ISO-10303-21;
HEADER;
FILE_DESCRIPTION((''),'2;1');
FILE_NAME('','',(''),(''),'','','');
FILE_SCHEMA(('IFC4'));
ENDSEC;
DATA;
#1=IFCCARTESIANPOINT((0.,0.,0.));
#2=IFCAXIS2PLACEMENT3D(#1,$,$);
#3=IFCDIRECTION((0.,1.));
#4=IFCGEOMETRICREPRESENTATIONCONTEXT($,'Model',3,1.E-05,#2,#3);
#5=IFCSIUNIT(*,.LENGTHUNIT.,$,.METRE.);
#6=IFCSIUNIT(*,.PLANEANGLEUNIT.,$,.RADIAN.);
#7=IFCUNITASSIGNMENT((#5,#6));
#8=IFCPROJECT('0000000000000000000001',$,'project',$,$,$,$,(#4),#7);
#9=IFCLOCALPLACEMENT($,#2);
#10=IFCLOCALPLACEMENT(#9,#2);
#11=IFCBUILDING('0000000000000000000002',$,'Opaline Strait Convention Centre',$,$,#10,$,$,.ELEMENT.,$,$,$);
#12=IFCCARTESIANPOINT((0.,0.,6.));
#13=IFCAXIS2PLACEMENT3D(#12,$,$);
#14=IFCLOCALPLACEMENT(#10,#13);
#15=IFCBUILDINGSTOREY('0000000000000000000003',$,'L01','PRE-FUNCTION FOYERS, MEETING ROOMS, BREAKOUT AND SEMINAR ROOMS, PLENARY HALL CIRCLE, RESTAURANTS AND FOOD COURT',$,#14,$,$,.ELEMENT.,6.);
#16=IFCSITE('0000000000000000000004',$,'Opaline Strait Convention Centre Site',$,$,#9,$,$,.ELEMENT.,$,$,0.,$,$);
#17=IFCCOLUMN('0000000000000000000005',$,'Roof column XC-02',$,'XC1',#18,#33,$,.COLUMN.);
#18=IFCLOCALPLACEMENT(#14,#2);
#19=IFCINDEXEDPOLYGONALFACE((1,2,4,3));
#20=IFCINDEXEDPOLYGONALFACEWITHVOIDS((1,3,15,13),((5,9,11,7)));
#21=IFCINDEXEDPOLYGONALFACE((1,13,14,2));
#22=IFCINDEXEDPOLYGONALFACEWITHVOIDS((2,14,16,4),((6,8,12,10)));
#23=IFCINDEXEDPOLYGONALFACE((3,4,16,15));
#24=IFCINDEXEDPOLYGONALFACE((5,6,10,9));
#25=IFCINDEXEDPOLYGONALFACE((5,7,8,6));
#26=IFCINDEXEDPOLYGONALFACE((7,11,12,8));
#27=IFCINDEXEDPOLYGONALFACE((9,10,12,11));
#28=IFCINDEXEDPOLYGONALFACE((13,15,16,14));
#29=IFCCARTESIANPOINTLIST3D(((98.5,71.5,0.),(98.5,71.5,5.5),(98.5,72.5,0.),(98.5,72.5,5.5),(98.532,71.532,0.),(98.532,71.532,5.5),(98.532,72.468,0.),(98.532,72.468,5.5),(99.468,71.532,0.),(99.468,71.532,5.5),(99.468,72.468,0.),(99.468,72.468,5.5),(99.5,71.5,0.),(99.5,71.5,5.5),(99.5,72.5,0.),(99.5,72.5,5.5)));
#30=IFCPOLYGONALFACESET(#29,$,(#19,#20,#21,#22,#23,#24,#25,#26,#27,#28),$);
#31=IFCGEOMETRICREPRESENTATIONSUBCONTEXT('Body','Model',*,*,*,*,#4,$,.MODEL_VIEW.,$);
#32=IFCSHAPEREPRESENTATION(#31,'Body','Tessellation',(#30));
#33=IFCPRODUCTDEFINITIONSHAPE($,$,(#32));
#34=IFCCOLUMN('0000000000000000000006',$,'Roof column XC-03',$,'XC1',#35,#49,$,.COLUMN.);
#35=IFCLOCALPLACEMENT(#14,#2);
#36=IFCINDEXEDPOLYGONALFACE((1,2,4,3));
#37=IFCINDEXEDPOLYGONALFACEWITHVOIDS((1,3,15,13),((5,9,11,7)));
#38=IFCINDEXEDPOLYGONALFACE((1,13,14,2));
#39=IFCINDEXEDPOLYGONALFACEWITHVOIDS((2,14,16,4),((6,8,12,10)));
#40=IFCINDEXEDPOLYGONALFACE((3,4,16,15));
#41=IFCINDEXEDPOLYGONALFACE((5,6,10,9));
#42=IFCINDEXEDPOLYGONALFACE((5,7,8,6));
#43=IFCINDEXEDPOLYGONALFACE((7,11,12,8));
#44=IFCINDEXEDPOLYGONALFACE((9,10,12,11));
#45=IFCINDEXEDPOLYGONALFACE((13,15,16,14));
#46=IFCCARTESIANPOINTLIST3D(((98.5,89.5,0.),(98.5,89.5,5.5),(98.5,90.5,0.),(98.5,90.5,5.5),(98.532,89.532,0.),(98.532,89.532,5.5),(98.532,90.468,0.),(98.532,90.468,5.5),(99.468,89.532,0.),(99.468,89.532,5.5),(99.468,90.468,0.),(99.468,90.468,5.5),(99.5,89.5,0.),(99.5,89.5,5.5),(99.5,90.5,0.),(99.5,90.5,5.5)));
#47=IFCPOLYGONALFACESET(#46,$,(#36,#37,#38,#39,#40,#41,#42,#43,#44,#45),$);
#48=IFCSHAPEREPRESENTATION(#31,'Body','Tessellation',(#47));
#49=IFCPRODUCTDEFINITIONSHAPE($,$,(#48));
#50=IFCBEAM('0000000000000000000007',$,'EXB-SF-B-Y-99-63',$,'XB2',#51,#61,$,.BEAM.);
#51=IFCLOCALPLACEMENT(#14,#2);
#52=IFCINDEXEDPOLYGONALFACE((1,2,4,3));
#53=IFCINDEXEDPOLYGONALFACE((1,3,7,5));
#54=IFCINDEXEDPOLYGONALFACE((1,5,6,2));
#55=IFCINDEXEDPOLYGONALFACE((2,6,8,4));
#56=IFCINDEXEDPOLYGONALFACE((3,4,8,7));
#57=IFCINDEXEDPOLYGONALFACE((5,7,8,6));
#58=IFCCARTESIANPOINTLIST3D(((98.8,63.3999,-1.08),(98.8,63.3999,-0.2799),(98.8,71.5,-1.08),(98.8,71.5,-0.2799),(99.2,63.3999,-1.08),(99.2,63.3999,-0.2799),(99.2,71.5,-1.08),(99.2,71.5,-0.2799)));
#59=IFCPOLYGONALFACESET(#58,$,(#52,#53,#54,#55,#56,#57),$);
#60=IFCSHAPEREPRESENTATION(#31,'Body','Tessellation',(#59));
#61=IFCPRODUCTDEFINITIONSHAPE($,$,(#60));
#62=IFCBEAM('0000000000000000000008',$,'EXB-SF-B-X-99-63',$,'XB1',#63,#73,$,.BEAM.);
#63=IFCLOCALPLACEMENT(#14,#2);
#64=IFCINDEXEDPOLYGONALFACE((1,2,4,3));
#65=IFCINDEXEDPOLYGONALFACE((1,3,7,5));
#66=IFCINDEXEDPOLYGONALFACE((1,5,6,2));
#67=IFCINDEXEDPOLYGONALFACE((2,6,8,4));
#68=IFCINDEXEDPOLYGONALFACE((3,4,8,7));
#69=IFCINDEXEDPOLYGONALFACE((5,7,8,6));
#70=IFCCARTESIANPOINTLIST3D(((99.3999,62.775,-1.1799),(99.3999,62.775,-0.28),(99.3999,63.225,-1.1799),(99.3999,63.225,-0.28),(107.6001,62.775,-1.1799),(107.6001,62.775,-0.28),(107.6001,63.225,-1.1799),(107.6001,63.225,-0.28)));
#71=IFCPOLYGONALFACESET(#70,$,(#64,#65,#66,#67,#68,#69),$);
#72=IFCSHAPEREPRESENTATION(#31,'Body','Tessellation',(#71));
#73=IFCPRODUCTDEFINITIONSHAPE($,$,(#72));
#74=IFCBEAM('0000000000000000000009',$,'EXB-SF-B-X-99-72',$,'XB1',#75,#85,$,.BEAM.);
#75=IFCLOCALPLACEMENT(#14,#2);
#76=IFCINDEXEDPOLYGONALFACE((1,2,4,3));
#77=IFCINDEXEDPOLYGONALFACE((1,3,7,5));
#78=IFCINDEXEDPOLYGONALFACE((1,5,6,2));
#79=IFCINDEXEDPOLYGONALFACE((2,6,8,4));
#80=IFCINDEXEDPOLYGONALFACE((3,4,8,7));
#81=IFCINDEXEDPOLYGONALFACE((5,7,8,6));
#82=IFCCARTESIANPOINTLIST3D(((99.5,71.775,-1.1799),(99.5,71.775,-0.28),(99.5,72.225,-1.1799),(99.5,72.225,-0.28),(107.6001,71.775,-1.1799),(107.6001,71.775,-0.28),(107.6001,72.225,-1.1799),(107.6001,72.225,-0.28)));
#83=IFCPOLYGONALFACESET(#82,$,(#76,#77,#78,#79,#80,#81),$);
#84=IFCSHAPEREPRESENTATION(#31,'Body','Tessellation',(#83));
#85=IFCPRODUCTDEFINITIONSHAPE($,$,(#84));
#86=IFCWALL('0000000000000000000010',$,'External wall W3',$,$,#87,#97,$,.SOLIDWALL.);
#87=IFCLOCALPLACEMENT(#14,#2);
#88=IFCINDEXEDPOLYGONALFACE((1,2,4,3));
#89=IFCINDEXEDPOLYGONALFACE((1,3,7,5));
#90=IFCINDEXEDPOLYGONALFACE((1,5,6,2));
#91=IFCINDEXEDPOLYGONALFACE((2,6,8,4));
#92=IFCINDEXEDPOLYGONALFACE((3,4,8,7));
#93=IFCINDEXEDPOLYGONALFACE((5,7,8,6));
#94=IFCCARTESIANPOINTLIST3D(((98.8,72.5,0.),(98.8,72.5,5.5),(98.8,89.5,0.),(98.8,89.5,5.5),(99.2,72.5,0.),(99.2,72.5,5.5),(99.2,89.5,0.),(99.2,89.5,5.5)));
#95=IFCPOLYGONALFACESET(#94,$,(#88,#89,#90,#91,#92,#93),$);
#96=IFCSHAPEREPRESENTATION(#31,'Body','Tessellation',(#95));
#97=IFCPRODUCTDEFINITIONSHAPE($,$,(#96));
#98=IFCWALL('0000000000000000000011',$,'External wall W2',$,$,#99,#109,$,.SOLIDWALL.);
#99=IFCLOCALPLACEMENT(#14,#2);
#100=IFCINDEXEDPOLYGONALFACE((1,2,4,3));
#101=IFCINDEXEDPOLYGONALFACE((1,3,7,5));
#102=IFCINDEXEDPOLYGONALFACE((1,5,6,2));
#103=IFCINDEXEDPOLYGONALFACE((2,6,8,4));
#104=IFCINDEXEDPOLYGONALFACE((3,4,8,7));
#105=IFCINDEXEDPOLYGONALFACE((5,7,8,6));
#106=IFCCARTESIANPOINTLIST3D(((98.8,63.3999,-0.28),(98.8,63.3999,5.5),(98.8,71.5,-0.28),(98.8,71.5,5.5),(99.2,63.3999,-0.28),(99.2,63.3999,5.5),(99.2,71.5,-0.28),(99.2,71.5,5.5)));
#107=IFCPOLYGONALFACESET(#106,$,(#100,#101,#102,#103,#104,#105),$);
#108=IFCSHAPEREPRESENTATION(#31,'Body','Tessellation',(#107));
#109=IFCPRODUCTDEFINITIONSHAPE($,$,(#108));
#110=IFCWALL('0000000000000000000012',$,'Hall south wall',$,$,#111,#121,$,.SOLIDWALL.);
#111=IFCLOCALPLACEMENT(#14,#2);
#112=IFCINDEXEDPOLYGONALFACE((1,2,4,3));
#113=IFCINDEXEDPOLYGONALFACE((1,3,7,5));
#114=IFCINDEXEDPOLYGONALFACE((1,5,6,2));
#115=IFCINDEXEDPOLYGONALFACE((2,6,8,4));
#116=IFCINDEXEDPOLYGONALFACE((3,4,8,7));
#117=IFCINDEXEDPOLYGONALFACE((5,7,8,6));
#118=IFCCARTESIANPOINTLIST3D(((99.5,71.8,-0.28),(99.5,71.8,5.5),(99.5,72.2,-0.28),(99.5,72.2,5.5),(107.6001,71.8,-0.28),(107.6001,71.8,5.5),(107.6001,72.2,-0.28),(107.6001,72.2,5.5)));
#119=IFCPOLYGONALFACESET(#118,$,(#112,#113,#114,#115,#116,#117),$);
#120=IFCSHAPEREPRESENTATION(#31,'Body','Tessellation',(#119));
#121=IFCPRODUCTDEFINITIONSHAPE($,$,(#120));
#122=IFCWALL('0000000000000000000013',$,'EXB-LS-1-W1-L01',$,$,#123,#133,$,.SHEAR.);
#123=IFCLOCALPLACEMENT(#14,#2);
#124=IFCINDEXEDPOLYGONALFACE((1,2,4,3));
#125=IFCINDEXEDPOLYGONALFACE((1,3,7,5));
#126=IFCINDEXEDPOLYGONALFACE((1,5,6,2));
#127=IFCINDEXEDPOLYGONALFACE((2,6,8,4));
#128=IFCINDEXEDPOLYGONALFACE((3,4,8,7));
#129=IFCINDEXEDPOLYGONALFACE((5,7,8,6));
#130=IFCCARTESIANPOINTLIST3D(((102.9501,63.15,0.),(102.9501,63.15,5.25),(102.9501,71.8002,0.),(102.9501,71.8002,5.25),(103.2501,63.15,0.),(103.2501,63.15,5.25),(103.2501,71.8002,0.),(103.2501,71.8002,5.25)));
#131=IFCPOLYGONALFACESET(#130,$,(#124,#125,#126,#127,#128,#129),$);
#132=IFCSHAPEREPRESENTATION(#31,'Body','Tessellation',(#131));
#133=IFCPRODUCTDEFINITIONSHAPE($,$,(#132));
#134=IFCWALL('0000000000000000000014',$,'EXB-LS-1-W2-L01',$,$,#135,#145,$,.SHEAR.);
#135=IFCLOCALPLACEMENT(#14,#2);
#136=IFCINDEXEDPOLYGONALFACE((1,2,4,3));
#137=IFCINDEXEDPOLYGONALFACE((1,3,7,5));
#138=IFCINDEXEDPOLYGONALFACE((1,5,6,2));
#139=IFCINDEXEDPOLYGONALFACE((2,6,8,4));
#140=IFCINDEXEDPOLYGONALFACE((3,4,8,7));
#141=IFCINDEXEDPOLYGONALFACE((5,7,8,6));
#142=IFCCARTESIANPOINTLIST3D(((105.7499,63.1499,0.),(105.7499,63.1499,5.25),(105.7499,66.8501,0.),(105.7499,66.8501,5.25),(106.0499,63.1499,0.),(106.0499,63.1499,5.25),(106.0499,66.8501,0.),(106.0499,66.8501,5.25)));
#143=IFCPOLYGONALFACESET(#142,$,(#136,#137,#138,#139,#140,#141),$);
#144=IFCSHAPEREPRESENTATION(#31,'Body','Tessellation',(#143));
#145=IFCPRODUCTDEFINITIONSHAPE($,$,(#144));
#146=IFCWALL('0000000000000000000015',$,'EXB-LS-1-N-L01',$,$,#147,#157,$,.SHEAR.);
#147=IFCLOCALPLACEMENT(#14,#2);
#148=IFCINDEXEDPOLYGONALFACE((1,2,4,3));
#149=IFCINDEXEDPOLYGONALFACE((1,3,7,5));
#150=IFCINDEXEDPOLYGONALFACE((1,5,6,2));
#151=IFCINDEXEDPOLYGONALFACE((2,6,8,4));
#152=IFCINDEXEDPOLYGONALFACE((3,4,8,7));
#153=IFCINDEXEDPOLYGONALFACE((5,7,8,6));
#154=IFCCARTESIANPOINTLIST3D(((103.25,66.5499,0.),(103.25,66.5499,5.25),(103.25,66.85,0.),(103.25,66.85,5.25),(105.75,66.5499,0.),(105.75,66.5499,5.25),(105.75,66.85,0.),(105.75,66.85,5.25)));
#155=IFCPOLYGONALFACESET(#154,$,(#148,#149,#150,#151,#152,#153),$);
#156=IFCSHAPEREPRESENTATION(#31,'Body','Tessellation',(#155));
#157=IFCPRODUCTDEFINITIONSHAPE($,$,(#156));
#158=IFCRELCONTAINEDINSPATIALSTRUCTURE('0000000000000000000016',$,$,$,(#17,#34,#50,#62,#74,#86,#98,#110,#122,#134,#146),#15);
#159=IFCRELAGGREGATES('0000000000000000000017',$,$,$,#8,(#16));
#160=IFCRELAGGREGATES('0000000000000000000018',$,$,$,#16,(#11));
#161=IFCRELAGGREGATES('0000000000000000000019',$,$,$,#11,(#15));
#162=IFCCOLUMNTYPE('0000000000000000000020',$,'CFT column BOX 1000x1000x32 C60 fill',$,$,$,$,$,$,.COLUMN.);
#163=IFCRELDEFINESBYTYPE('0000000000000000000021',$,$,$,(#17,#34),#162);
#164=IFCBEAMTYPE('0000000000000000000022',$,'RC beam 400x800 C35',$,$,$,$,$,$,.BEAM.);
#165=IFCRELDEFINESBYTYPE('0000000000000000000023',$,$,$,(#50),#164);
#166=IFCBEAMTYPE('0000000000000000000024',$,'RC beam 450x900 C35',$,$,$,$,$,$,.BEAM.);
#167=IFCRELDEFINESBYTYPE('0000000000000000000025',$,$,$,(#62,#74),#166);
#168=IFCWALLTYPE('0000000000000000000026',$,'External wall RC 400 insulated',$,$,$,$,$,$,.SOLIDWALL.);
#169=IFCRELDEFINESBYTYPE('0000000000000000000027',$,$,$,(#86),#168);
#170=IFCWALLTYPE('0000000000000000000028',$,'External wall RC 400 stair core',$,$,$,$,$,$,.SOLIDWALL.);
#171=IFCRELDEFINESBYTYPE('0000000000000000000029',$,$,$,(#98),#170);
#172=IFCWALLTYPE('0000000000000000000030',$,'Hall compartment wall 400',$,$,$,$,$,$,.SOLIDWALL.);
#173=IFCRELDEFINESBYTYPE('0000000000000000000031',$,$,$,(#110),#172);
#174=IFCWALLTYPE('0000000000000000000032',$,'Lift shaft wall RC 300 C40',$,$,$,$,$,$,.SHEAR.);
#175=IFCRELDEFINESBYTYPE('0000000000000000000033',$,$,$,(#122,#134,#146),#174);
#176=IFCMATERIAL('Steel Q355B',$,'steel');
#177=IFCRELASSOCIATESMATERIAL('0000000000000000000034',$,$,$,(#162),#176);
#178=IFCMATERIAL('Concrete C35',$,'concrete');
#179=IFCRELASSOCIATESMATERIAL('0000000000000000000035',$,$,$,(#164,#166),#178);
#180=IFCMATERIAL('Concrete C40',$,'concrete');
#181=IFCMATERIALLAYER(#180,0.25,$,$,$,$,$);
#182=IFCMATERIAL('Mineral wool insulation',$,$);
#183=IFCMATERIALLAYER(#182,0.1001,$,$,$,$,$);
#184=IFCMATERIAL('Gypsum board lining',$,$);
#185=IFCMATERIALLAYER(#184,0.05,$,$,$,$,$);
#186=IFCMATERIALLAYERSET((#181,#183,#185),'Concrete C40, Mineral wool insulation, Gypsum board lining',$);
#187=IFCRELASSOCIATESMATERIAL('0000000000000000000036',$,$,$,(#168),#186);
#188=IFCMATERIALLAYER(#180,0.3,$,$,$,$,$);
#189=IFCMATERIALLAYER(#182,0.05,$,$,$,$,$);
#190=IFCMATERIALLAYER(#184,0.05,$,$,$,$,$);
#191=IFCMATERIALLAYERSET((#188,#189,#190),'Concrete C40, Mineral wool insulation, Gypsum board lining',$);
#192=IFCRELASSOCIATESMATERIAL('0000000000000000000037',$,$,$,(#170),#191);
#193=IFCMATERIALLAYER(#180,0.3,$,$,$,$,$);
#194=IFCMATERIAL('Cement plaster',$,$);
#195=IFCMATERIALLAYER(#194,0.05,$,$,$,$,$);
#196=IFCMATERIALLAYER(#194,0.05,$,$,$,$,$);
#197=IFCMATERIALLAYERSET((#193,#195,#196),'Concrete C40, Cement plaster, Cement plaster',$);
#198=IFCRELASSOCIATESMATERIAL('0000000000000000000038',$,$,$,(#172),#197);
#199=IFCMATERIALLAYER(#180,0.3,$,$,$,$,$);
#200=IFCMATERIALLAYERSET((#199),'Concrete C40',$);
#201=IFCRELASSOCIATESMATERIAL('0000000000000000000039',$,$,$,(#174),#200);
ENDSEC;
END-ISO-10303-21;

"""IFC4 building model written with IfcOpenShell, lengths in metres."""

from ifc_helpers import new_model, si_unit, direction, frame, frame_2d, origin, origin_2d, place, context, subcontext, project, spatial, rectangle, hollow_rectangle, extrude, material, layer, layer_set, material_profile, profile_set, type_object, element, save


model = new_model("IFC4")

# Units and contexts
model_context = context("Model", 3, precision=1e-05, world=origin(), true_north=direction((0.0, 1.0)))
body_context = subcontext(model_context, "Body", "Model", "MODEL_VIEW")
ifc_project = project(units=[si_unit("LENGTHUNIT", "METRE"), si_unit("PLANEANGLEUNIT", "RADIAN")], contexts=[model_context])

# Site, building, storey
site_placement = place(None, origin())
site = spatial("IfcSite", under=ifc_project, at=site_placement, Name="Opaline Strait Convention Centre Site", CompositionType="ELEMENT", RefElevation=0.0)
building_placement = place(site_placement, origin())
building = spatial("IfcBuilding", under=site, at=building_placement, Name="Opaline Strait Convention Centre", CompositionType="ELEMENT")
storey_placement = place(building_placement, frame((0.0, 0.0, 6.0)))
storey = spatial("IfcBuildingStorey", under=building, at=storey_placement, Name="L01", Description="PRE-FUNCTION FOYERS, MEETING ROOMS, BREAKOUT AND SEMINAR ROOMS, PLENARY HALL CIRCLE, RESTAURANTS AND FOOD COURT", CompositionType="ELEMENT", Elevation=6.0)

# Columns
ifc_material_1 = material(Name="Steel Q355B", Category="steel")
ifc_material_profile_1 = material_profile(ifc_material_1, hollow_rectangle(XDim=1.0, YDim=1.0, WallThickness=0.032, at=origin_2d()), Name="BOX 1000x1000x32")
ifc_profile_set_1 = profile_set([ifc_material_profile_1], Name="Steel Q355B")
column_type = type_object("IfcColumnType", Name="CFT column BOX 1000x1000x32 C60 fill", PredefinedType="COLUMN", material=ifc_profile_set_1)
for number, where, z_axis, x_axis, name in (
    (1, (99.0, 72.0, 0.0), (0.0, 0.0, 1.0), (1.0, 0.0, 0.0), "Roof column XC-02"),
    (2, (99.0, 90.0, 0.0), (0.0, 0.0, 1.0), (1.0, 0.0, 0.0), "Roof column XC-03"),
):
    element("IfcColumn", number, at=place(storey_placement, frame(where, z_axis=z_axis, x_axis=x_axis)), inside=storey, type_object=column_type, Name=name, ObjectType="XC1", PredefinedType="COLUMN", context=body_context, shape_type="SweptSolid", body=[
        extrude(hollow_rectangle(XDim=1.0, YDim=1.0, WallThickness=0.032, at=origin_2d()), origin(), (0.0, 0.0, 1.0), 5.5),
    ])

# Beams
ifc_material_2 = material(Name="Concrete C35", Category="concrete")
ifc_material_profile_2 = material_profile(ifc_material_2, rectangle(XDim=0.3999, YDim=0.8, at=origin_2d()), Name="RC 400x800")
ifc_profile_set_2 = profile_set([ifc_material_profile_2], Name="Concrete C35")
beam_type_1 = type_object("IfcBeamType", Name="RC beam 400x800 C35", PredefinedType="BEAM", material=ifc_profile_set_2)
beam_1_placement = place(storey_placement, frame((99.0, 63.3999, -0.6799), z_axis=(0.0, 1.0, 0.0), x_axis=(-1.0, 0.0, 0.0)))
element("IfcBeam", 3, at=beam_1_placement, inside=storey, type_object=beam_type_1, Name="EXB-SF-B-Y-99-63", ObjectType="XB2", PredefinedType="BEAM", context=body_context, shape_type="SweptSolid", body=[
    extrude(rectangle(XDim=0.3999, YDim=0.8, at=origin_2d()), origin(), (0.0, 0.0, 1.0), 8.1001),
])
ifc_material_profile_3 = material_profile(ifc_material_2, rectangle(XDim=0.45, YDim=0.8999, at=origin_2d()), Name="RC 450x900")
ifc_profile_set_3 = profile_set([ifc_material_profile_3], Name="Concrete C35")
beam_type_2 = type_object("IfcBeamType", Name="RC beam 450x900 C35", PredefinedType="BEAM", material=ifc_profile_set_3)
beam_2_placement = place(storey_placement, frame((99.3999, 63.0, -0.73), z_axis=(1.0, 0.0, 0.0), x_axis=(0.0, 1.0, 0.0)))
element("IfcBeam", 4, at=beam_2_placement, inside=storey, type_object=beam_type_2, Name="EXB-SF-B-X-99-63", ObjectType="XB1", PredefinedType="BEAM", context=body_context, shape_type="SweptSolid", body=[
    extrude(rectangle(XDim=0.45, YDim=0.8999, at=origin_2d()), origin(), (0.0, 0.0, 1.0), 8.2002),
])
beam_3_placement = place(storey_placement, frame((99.5, 72.0, -0.73), z_axis=(1.0, 0.0, 0.0), x_axis=(0.0, 1.0, 0.0)))
element("IfcBeam", 5, at=beam_3_placement, inside=storey, type_object=beam_type_2, Name="EXB-SF-B-X-99-72", ObjectType="XB1", PredefinedType="BEAM", context=body_context, shape_type="SweptSolid", body=[
    extrude(rectangle(XDim=0.45, YDim=0.8999, at=origin_2d()), origin(), (0.0, 0.0, 1.0), 8.1001),
])

# Walls
ifc_material_3 = material(Name="Concrete C40", Category="concrete")
ifc_layer_1 = layer(ifc_material_3, 0.25)
ifc_material_4 = material(Name="Mineral wool insulation")
ifc_layer_2 = layer(ifc_material_4, 0.1001)
ifc_material_5 = material(Name="Gypsum board lining")
ifc_layer_3 = layer(ifc_material_5, 0.05)
ifc_layer_set_1 = layer_set([ifc_layer_1, ifc_layer_2, ifc_layer_3], Name="Concrete C40, Mineral wool insulation, Gypsum board lining")
wall_type_1 = type_object("IfcWallType", Name="External wall RC 400 insulated", PredefinedType="SOLIDWALL", material=ifc_layer_set_1)
wall_1_placement = place(storey_placement, frame((99.0, 72.5, 0.0), z_axis=(0.0, 0.0, 1.0), x_axis=(0.0, 1.0, 0.0)))
element("IfcWall", 6, at=wall_1_placement, inside=storey, type_object=wall_type_1, Name="External wall W3", PredefinedType="SOLIDWALL", context=body_context, shape_type="SweptSolid", body=[
    extrude(rectangle(XDim=17.0, YDim=0.3999, at=frame_2d((8.5, 0.0))), origin(), (0.0, 0.0, 1.0), 5.5),
])
ifc_layer_4 = layer(ifc_material_3, 0.3)
ifc_layer_5 = layer(ifc_material_4, 0.05)
ifc_layer_6 = layer(ifc_material_5, 0.05)
ifc_layer_set_2 = layer_set([ifc_layer_4, ifc_layer_5, ifc_layer_6], Name="Concrete C40, Mineral wool insulation, Gypsum board lining")
wall_type_2 = type_object("IfcWallType", Name="External wall RC 400 stair core", PredefinedType="SOLIDWALL", material=ifc_layer_set_2)
wall_2_placement = place(storey_placement, frame((99.0, 63.3999, -0.28), z_axis=(0.0, 0.0, 1.0), x_axis=(0.0, 1.0, 0.0)))
element("IfcWall", 7, at=wall_2_placement, inside=storey, type_object=wall_type_2, Name="External wall W2", PredefinedType="SOLIDWALL", context=body_context, shape_type="SweptSolid", body=[
    extrude(rectangle(XDim=8.1001, YDim=0.3999, at=frame_2d((4.05, 0.0))), origin(), (0.0, 0.0, 1.0), 5.78),
])
ifc_layer_7 = layer(ifc_material_3, 0.3)
ifc_material_6 = material(Name="Cement plaster")
ifc_layer_8 = layer(ifc_material_6, 0.05)
ifc_layer_9 = layer(ifc_material_6, 0.05)
ifc_layer_set_3 = layer_set([ifc_layer_7, ifc_layer_8, ifc_layer_9], Name="Concrete C40, Cement plaster, Cement plaster")
wall_type_3 = type_object("IfcWallType", Name="Hall compartment wall 400", PredefinedType="SOLIDWALL", material=ifc_layer_set_3)
wall_3_placement = place(storey_placement, frame((99.5, 72.0, -0.28), z_axis=(0.0, 0.0, 1.0), x_axis=(1.0, 0.0, 0.0)))
element("IfcWall", 8, at=wall_3_placement, inside=storey, type_object=wall_type_3, Name="Hall south wall", PredefinedType="SOLIDWALL", context=body_context, shape_type="SweptSolid", body=[
    extrude(rectangle(XDim=8.1001, YDim=0.3999, at=frame_2d((4.05, 0.0))), origin(), (0.0, 0.0, 1.0), 5.78),
])
ifc_layer_10 = layer(ifc_material_3, 0.3)
ifc_layer_set_4 = layer_set([ifc_layer_10], Name="Concrete C40")
wall_type_4 = type_object("IfcWallType", Name="Lift shaft wall RC 300 C40", PredefinedType="SHEAR", material=ifc_layer_set_4)
wall_4_placement = place(storey_placement, frame((103.1001, 63.1499, 0.0), z_axis=(0.0, 0.0, 1.0), x_axis=(0.0, 1.0, 0.0)))
element("IfcWall", 9, at=wall_4_placement, inside=storey, type_object=wall_type_4, Name="EXB-LS-1-W1-L01", PredefinedType="SHEAR", context=body_context, shape_type="SweptSolid", body=[
    extrude(rectangle(XDim=8.6501, YDim=0.3, at=frame_2d((4.3252, 0.0))), origin(), (0.0, 0.0, 1.0), 5.25),
])
wall_5_placement = place(storey_placement, frame((105.8999, 63.1499, 0.0), z_axis=(0.0, 0.0, 1.0), x_axis=(0.0, 1.0, 0.0)))
element("IfcWall", 10, at=wall_5_placement, inside=storey, type_object=wall_type_4, Name="EXB-LS-1-W2-L01", PredefinedType="SHEAR", context=body_context, shape_type="SweptSolid", body=[
    extrude(rectangle(XDim=3.7002, YDim=0.3, at=frame_2d((1.8501, 0.0))), origin(), (0.0, 0.0, 1.0), 5.25),
])
wall_6_placement = place(storey_placement, frame((103.25, 66.7, 0.0), z_axis=(0.0, 0.0, 1.0), x_axis=(1.0, 0.0, 0.0)))
element("IfcWall", 11, at=wall_6_placement, inside=storey, type_object=wall_type_4, Name="EXB-LS-1-N-L01", PredefinedType="SHEAR", context=body_context, shape_type="SweptSolid", body=[
    extrude(rectangle(XDim=2.5, YDim=0.3, at=frame_2d((1.25, 0.0))), origin(), (0.0, 0.0, 1.0), 5.25),
])

save(model, "model.ifc")
